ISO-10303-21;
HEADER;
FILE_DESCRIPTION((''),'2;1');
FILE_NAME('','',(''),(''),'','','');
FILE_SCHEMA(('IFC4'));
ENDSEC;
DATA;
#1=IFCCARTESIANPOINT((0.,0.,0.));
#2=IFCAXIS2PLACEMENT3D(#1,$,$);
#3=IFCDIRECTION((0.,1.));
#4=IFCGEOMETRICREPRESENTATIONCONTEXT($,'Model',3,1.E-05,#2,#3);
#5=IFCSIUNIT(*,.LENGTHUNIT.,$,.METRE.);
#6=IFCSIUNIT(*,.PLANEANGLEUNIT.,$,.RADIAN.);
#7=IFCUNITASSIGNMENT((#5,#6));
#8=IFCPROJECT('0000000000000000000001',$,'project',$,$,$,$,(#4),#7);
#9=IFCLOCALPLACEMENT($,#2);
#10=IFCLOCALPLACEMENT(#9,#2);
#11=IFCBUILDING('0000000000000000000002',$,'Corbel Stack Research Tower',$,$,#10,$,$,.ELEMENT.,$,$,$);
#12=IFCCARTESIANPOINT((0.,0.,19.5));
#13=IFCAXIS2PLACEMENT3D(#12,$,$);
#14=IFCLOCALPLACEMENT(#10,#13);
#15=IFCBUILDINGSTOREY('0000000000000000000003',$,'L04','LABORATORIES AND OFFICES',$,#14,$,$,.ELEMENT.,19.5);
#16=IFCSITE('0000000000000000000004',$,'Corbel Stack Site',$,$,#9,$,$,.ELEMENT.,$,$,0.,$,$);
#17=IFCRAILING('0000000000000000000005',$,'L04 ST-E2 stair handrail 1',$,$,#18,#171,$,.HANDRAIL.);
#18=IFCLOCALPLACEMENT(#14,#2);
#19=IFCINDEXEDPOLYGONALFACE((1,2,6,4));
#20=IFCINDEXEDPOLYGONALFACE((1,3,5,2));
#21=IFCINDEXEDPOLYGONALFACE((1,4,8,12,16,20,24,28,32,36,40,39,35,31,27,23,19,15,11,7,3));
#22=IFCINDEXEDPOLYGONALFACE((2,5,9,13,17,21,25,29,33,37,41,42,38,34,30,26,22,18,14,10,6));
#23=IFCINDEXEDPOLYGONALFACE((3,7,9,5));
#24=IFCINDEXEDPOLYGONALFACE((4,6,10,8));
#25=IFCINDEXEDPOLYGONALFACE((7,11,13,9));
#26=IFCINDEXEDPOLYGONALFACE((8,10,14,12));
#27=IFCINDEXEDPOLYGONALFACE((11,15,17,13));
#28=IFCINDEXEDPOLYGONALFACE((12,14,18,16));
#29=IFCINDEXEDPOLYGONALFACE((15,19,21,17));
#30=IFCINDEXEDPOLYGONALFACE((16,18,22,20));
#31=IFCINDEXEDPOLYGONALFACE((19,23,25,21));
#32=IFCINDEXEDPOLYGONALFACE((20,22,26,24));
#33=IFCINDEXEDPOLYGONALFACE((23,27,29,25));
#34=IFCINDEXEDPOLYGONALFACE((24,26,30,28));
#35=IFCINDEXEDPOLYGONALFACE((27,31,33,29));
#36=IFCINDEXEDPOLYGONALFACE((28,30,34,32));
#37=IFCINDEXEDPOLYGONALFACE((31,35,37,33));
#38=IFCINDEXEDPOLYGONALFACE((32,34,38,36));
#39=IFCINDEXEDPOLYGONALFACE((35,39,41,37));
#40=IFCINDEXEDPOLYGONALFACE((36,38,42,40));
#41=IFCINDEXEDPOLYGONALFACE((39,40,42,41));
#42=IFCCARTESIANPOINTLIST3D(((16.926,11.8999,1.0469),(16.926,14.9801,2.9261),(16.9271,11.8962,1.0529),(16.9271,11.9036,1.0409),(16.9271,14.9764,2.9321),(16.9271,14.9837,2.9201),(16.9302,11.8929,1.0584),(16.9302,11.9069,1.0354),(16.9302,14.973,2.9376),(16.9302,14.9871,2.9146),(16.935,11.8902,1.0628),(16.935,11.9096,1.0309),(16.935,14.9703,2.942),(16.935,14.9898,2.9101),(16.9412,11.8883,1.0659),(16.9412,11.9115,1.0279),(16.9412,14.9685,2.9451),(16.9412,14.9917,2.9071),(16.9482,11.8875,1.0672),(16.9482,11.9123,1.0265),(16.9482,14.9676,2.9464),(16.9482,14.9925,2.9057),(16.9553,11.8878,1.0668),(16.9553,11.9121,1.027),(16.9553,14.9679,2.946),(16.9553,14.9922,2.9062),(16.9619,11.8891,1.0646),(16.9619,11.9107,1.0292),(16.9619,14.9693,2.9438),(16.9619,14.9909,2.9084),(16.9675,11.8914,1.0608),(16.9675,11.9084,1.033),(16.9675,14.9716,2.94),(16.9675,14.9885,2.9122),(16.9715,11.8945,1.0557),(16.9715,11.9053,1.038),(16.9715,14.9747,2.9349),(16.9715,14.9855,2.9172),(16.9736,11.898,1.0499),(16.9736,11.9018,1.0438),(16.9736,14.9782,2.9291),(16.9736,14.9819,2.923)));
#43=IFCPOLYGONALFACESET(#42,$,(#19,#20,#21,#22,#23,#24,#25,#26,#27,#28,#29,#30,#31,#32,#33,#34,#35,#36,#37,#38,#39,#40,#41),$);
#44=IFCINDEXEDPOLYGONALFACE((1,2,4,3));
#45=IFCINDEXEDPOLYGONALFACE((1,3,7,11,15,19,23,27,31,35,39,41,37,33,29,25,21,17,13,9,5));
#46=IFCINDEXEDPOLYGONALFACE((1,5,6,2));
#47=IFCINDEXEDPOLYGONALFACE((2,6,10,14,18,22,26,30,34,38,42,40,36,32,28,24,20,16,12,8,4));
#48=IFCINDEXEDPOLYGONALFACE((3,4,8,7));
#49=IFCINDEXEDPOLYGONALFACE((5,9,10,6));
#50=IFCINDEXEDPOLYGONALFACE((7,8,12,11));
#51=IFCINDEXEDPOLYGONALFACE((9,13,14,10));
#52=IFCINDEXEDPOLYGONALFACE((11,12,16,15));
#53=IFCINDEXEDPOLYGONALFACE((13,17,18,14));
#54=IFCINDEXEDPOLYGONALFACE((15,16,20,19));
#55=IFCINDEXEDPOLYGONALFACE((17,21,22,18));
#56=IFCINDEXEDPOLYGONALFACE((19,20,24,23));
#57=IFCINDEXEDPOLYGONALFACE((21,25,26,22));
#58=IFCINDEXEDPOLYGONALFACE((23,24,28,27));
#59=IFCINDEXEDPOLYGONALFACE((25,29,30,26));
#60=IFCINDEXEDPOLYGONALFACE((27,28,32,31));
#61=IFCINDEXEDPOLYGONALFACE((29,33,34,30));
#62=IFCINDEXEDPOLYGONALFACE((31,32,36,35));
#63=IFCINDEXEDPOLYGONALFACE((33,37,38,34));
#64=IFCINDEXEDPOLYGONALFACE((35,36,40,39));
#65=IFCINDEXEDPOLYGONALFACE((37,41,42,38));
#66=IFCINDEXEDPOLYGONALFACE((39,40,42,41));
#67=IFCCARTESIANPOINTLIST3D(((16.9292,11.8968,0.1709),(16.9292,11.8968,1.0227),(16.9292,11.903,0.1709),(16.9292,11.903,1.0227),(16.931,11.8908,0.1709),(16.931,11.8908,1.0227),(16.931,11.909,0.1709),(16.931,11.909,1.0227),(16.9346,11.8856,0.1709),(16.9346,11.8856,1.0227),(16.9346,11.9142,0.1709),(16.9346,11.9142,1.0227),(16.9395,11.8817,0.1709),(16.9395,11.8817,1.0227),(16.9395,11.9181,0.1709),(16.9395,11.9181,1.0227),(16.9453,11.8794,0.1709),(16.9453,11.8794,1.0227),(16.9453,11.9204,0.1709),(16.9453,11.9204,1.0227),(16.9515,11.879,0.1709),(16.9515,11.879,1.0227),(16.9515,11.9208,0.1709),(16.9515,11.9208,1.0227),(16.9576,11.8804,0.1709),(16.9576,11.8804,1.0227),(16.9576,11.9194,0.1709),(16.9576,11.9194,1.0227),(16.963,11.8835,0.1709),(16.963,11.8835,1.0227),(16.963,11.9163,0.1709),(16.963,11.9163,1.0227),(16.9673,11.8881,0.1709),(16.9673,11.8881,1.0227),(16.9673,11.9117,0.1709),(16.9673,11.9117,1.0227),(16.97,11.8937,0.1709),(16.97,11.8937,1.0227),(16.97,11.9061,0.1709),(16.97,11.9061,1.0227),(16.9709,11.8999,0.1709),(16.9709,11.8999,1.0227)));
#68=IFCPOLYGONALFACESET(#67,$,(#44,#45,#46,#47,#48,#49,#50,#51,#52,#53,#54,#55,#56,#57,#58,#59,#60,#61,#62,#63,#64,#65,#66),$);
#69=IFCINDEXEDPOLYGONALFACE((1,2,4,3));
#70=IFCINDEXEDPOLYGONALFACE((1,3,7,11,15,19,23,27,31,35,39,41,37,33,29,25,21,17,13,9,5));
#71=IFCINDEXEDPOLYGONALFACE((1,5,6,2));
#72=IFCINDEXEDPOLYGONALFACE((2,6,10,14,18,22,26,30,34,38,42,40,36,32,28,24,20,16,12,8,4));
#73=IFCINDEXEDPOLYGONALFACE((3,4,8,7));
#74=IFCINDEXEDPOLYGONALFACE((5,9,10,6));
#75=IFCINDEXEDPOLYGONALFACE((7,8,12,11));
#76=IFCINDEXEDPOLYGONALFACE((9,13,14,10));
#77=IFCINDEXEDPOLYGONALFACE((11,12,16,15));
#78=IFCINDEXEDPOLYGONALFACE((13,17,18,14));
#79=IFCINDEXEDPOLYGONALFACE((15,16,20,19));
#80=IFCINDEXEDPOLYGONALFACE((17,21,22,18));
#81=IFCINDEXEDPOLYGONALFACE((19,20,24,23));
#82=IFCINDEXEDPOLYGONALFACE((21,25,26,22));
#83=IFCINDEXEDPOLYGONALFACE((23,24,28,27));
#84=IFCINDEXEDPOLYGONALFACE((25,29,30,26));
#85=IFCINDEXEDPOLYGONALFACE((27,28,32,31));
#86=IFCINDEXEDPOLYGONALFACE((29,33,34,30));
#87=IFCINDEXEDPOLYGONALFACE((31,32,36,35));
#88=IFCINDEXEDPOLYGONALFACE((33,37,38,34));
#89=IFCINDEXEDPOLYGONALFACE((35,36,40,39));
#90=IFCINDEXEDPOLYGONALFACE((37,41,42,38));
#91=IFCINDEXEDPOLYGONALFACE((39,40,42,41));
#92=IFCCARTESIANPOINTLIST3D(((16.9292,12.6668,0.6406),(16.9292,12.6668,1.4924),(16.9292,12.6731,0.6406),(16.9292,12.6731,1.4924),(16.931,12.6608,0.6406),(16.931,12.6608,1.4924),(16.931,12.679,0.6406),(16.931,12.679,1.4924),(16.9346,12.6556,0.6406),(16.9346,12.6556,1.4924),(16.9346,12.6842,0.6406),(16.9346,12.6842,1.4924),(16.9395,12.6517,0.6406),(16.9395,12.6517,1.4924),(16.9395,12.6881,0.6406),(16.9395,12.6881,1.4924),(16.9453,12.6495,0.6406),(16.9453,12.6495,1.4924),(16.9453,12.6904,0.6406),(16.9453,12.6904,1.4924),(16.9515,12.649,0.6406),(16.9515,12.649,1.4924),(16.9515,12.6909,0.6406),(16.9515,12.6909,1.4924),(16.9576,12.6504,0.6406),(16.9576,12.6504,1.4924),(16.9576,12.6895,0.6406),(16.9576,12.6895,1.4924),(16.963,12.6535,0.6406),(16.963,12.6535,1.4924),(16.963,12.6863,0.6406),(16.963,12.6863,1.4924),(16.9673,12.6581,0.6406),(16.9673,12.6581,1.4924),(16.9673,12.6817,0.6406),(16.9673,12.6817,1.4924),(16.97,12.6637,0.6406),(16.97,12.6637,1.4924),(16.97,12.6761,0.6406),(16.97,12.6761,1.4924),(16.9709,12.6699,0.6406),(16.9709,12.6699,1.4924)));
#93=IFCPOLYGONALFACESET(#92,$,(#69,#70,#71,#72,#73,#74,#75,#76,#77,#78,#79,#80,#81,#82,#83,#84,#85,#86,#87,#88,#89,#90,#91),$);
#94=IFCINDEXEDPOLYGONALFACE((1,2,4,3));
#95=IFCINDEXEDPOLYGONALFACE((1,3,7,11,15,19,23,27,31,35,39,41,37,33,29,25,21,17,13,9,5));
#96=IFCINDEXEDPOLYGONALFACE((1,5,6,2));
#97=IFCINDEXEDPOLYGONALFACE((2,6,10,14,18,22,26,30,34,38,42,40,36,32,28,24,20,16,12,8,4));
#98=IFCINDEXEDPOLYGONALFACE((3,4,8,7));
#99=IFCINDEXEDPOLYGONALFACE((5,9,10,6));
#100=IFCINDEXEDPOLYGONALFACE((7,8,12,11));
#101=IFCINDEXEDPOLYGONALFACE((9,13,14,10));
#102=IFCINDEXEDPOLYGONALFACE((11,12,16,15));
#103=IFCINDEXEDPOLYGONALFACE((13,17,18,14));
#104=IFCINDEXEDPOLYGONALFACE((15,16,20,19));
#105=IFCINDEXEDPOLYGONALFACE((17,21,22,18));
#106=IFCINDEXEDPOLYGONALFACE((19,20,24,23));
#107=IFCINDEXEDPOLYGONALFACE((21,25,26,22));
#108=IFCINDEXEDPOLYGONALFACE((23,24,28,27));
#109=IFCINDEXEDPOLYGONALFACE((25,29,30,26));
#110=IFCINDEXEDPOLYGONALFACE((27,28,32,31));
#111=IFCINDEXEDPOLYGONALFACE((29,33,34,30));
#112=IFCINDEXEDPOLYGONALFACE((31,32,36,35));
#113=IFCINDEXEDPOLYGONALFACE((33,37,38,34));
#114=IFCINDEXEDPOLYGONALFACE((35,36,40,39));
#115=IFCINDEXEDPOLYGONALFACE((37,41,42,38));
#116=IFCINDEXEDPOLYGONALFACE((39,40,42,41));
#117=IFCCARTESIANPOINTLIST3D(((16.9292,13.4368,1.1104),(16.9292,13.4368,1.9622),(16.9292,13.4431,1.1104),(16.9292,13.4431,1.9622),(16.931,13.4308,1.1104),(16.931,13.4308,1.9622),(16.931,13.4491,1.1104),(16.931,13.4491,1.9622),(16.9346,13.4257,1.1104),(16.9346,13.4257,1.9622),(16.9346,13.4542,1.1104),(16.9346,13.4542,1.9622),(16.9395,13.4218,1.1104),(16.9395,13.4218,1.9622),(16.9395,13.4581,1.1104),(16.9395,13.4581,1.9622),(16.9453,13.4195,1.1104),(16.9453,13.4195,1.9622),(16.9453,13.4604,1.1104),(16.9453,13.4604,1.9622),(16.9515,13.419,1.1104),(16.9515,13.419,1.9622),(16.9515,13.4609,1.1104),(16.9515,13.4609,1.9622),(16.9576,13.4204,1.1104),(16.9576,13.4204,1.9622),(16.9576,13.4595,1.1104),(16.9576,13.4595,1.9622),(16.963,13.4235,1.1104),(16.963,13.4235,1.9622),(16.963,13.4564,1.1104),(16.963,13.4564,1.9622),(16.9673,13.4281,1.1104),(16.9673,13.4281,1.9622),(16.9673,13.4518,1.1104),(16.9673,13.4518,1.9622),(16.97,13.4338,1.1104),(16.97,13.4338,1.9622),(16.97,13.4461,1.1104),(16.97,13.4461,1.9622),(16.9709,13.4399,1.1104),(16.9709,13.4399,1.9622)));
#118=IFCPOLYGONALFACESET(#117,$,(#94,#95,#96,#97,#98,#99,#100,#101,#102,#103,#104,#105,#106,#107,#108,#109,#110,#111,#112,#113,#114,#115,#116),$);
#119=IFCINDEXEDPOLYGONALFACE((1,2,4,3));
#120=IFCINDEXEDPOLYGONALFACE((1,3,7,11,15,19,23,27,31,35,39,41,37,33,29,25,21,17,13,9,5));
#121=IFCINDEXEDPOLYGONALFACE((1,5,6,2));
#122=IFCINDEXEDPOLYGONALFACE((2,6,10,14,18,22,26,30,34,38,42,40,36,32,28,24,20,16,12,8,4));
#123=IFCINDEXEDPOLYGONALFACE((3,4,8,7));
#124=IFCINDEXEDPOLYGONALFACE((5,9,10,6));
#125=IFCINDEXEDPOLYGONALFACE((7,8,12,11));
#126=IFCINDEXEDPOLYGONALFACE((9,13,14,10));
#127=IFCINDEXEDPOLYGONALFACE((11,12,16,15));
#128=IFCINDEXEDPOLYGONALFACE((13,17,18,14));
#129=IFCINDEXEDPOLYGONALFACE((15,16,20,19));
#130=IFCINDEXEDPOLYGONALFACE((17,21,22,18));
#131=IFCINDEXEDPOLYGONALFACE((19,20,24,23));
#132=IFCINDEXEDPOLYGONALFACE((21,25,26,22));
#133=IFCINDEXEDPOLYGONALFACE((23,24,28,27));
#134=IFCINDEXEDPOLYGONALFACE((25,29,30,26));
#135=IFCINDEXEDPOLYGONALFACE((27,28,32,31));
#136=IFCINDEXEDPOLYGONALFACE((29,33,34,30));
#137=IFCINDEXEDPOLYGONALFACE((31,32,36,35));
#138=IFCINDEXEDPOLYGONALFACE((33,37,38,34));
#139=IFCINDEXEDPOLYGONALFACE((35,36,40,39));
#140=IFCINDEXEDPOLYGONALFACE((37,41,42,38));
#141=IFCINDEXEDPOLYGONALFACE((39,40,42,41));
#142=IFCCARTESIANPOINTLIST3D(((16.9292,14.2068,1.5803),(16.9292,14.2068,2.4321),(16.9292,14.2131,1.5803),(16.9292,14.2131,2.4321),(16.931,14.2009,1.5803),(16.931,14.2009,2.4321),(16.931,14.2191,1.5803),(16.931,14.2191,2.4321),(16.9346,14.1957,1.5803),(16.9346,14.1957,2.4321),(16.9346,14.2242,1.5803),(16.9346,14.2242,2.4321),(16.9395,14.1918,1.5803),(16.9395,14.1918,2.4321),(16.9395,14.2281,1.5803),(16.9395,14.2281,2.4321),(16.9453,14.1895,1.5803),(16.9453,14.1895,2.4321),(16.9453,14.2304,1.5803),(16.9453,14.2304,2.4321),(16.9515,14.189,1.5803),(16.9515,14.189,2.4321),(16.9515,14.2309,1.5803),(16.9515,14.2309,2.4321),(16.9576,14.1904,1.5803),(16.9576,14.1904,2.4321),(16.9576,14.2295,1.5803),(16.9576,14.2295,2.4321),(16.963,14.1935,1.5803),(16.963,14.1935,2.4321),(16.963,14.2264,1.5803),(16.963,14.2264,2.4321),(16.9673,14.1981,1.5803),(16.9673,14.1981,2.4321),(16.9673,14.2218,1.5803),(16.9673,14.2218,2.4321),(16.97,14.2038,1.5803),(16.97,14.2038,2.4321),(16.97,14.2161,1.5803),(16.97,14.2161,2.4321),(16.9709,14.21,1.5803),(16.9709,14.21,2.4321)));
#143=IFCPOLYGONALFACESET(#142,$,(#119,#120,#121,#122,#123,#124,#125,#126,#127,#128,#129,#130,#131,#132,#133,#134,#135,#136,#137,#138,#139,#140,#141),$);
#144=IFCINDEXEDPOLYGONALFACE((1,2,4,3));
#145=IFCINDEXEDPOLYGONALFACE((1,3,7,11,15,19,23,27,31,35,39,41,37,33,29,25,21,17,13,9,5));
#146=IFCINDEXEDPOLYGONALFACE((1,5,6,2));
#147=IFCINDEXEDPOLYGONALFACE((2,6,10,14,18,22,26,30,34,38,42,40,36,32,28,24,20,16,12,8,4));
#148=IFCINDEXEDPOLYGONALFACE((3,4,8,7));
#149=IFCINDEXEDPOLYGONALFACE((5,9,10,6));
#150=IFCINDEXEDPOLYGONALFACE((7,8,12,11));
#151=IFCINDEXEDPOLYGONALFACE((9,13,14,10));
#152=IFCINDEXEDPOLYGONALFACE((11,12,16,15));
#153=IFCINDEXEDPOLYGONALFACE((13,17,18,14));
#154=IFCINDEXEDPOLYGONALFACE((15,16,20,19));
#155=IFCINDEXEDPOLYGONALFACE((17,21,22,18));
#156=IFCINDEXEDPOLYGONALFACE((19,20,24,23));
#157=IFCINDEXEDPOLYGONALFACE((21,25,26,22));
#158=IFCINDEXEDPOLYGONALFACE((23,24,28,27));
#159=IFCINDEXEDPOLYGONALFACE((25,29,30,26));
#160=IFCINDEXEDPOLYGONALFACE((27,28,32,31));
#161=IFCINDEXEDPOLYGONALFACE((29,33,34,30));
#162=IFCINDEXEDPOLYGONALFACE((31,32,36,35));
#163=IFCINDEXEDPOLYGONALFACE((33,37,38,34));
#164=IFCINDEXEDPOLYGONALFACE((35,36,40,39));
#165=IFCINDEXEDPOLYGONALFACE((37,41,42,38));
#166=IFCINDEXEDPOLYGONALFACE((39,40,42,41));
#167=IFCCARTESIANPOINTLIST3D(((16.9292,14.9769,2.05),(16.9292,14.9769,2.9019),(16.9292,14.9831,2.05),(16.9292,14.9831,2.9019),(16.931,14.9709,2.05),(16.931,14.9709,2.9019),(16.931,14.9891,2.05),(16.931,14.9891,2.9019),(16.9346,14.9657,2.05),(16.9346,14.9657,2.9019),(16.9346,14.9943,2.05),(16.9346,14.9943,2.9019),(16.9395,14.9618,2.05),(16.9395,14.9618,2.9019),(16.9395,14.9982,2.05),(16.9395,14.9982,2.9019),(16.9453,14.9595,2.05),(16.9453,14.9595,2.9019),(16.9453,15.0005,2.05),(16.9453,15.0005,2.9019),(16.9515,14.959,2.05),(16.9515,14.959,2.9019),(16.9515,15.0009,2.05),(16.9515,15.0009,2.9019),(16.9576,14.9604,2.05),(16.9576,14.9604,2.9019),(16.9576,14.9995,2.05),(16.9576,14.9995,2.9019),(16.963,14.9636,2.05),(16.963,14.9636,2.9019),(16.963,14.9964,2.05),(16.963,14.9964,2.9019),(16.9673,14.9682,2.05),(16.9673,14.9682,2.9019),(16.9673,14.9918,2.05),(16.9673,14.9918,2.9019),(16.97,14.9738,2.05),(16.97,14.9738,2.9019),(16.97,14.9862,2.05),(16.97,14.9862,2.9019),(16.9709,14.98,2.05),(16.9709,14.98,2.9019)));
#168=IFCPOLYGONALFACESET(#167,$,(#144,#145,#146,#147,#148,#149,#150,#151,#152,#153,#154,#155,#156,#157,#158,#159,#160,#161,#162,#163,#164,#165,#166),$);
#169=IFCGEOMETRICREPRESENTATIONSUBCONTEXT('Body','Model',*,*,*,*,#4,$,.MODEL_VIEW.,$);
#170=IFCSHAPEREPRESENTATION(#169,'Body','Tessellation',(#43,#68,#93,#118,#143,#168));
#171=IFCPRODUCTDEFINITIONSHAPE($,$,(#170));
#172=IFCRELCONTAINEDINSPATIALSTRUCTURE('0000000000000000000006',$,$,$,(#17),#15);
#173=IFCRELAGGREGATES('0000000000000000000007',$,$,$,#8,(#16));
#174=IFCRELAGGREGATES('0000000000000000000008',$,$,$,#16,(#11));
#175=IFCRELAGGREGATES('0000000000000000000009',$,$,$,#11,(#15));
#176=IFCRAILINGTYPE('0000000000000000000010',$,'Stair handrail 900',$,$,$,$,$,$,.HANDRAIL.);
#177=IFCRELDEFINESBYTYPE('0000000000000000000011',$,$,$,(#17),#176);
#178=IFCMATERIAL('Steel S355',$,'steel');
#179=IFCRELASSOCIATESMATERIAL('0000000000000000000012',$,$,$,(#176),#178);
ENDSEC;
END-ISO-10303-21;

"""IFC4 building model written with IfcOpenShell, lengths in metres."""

from ifc_helpers import new_model, si_unit, direction, frame, origin, origin_2d, place, context, subcontext, project, spatial, circle, extrude, material, type_object, element, save


model = new_model("IFC4")

# Units and contexts
model_context = context("Model", 3, precision=1e-05, world=origin(), true_north=direction((0.0, 1.0)))
body_context = subcontext(model_context, "Body", "Model", "MODEL_VIEW")
ifc_project = project(units=[si_unit("LENGTHUNIT", "METRE"), si_unit("PLANEANGLEUNIT", "RADIAN")], contexts=[model_context])

# Site, building, storey
site_placement = place(None, origin())
site = spatial("IfcSite", under=ifc_project, at=site_placement, Name="Corbel Stack Site", CompositionType="ELEMENT", RefElevation=0.0)
building_placement = place(site_placement, origin())
building = spatial("IfcBuilding", under=site, at=building_placement, Name="Corbel Stack Research Tower", CompositionType="ELEMENT")
storey_placement = place(building_placement, frame((0.0, 0.0, 19.5)))
storey = spatial("IfcBuildingStorey", under=building, at=storey_placement, Name="L04", Description="LABORATORIES AND OFFICES", CompositionType="ELEMENT", Elevation=19.5)

# Railing
ifc_material_1 = material(Name="Steel S355", Category="steel")
railing_type_1 = type_object("IfcRailingType", Name="Stair handrail 900", PredefinedType="HANDRAIL", material=ifc_material_1)
railing_1_placement = place(storey_placement, frame((16.95, 11.8999, 0.1709)))
element("IfcRailing", 1, at=railing_1_placement, inside=storey, type_object=railing_type_1, Name="L04 ST-E2 stair handrail 1", PredefinedType="HANDRAIL", context=body_context, shape_type="SweptSolid", body=[
    extrude(circle(Radius=0.0239, at=origin_2d()), frame((0.0, 0.0, 0.876), z_axis=(0.0, 0.853666, 0.52082), x_axis=(-1.0, 0.0, 0.0)), (0.0, 0.0, 1.0), 3.6082),
    extrude(circle(Radius=0.021, at=origin_2d()), origin(), (0.0, 0.0, 1.0), 0.8518),
    extrude(circle(Radius=0.021, at=origin_2d()), frame((0.0, 0.77, 0.4697)), (0.0, 0.0, 1.0), 0.8518),
    extrude(circle(Radius=0.021, at=origin_2d()), frame((0.0, 1.54, 0.9395)), (0.0, 0.0, 1.0), 0.8518),
    extrude(circle(Radius=0.021, at=origin_2d()), frame((0.0, 2.3101, 1.4094)), (0.0, 0.0, 1.0), 0.8518),
    extrude(circle(Radius=0.021, at=origin_2d()), frame((0.0, 3.0801, 1.8792)), (0.0, 0.0, 1.0), 0.8518),
])

save(model, "model.ifc")
